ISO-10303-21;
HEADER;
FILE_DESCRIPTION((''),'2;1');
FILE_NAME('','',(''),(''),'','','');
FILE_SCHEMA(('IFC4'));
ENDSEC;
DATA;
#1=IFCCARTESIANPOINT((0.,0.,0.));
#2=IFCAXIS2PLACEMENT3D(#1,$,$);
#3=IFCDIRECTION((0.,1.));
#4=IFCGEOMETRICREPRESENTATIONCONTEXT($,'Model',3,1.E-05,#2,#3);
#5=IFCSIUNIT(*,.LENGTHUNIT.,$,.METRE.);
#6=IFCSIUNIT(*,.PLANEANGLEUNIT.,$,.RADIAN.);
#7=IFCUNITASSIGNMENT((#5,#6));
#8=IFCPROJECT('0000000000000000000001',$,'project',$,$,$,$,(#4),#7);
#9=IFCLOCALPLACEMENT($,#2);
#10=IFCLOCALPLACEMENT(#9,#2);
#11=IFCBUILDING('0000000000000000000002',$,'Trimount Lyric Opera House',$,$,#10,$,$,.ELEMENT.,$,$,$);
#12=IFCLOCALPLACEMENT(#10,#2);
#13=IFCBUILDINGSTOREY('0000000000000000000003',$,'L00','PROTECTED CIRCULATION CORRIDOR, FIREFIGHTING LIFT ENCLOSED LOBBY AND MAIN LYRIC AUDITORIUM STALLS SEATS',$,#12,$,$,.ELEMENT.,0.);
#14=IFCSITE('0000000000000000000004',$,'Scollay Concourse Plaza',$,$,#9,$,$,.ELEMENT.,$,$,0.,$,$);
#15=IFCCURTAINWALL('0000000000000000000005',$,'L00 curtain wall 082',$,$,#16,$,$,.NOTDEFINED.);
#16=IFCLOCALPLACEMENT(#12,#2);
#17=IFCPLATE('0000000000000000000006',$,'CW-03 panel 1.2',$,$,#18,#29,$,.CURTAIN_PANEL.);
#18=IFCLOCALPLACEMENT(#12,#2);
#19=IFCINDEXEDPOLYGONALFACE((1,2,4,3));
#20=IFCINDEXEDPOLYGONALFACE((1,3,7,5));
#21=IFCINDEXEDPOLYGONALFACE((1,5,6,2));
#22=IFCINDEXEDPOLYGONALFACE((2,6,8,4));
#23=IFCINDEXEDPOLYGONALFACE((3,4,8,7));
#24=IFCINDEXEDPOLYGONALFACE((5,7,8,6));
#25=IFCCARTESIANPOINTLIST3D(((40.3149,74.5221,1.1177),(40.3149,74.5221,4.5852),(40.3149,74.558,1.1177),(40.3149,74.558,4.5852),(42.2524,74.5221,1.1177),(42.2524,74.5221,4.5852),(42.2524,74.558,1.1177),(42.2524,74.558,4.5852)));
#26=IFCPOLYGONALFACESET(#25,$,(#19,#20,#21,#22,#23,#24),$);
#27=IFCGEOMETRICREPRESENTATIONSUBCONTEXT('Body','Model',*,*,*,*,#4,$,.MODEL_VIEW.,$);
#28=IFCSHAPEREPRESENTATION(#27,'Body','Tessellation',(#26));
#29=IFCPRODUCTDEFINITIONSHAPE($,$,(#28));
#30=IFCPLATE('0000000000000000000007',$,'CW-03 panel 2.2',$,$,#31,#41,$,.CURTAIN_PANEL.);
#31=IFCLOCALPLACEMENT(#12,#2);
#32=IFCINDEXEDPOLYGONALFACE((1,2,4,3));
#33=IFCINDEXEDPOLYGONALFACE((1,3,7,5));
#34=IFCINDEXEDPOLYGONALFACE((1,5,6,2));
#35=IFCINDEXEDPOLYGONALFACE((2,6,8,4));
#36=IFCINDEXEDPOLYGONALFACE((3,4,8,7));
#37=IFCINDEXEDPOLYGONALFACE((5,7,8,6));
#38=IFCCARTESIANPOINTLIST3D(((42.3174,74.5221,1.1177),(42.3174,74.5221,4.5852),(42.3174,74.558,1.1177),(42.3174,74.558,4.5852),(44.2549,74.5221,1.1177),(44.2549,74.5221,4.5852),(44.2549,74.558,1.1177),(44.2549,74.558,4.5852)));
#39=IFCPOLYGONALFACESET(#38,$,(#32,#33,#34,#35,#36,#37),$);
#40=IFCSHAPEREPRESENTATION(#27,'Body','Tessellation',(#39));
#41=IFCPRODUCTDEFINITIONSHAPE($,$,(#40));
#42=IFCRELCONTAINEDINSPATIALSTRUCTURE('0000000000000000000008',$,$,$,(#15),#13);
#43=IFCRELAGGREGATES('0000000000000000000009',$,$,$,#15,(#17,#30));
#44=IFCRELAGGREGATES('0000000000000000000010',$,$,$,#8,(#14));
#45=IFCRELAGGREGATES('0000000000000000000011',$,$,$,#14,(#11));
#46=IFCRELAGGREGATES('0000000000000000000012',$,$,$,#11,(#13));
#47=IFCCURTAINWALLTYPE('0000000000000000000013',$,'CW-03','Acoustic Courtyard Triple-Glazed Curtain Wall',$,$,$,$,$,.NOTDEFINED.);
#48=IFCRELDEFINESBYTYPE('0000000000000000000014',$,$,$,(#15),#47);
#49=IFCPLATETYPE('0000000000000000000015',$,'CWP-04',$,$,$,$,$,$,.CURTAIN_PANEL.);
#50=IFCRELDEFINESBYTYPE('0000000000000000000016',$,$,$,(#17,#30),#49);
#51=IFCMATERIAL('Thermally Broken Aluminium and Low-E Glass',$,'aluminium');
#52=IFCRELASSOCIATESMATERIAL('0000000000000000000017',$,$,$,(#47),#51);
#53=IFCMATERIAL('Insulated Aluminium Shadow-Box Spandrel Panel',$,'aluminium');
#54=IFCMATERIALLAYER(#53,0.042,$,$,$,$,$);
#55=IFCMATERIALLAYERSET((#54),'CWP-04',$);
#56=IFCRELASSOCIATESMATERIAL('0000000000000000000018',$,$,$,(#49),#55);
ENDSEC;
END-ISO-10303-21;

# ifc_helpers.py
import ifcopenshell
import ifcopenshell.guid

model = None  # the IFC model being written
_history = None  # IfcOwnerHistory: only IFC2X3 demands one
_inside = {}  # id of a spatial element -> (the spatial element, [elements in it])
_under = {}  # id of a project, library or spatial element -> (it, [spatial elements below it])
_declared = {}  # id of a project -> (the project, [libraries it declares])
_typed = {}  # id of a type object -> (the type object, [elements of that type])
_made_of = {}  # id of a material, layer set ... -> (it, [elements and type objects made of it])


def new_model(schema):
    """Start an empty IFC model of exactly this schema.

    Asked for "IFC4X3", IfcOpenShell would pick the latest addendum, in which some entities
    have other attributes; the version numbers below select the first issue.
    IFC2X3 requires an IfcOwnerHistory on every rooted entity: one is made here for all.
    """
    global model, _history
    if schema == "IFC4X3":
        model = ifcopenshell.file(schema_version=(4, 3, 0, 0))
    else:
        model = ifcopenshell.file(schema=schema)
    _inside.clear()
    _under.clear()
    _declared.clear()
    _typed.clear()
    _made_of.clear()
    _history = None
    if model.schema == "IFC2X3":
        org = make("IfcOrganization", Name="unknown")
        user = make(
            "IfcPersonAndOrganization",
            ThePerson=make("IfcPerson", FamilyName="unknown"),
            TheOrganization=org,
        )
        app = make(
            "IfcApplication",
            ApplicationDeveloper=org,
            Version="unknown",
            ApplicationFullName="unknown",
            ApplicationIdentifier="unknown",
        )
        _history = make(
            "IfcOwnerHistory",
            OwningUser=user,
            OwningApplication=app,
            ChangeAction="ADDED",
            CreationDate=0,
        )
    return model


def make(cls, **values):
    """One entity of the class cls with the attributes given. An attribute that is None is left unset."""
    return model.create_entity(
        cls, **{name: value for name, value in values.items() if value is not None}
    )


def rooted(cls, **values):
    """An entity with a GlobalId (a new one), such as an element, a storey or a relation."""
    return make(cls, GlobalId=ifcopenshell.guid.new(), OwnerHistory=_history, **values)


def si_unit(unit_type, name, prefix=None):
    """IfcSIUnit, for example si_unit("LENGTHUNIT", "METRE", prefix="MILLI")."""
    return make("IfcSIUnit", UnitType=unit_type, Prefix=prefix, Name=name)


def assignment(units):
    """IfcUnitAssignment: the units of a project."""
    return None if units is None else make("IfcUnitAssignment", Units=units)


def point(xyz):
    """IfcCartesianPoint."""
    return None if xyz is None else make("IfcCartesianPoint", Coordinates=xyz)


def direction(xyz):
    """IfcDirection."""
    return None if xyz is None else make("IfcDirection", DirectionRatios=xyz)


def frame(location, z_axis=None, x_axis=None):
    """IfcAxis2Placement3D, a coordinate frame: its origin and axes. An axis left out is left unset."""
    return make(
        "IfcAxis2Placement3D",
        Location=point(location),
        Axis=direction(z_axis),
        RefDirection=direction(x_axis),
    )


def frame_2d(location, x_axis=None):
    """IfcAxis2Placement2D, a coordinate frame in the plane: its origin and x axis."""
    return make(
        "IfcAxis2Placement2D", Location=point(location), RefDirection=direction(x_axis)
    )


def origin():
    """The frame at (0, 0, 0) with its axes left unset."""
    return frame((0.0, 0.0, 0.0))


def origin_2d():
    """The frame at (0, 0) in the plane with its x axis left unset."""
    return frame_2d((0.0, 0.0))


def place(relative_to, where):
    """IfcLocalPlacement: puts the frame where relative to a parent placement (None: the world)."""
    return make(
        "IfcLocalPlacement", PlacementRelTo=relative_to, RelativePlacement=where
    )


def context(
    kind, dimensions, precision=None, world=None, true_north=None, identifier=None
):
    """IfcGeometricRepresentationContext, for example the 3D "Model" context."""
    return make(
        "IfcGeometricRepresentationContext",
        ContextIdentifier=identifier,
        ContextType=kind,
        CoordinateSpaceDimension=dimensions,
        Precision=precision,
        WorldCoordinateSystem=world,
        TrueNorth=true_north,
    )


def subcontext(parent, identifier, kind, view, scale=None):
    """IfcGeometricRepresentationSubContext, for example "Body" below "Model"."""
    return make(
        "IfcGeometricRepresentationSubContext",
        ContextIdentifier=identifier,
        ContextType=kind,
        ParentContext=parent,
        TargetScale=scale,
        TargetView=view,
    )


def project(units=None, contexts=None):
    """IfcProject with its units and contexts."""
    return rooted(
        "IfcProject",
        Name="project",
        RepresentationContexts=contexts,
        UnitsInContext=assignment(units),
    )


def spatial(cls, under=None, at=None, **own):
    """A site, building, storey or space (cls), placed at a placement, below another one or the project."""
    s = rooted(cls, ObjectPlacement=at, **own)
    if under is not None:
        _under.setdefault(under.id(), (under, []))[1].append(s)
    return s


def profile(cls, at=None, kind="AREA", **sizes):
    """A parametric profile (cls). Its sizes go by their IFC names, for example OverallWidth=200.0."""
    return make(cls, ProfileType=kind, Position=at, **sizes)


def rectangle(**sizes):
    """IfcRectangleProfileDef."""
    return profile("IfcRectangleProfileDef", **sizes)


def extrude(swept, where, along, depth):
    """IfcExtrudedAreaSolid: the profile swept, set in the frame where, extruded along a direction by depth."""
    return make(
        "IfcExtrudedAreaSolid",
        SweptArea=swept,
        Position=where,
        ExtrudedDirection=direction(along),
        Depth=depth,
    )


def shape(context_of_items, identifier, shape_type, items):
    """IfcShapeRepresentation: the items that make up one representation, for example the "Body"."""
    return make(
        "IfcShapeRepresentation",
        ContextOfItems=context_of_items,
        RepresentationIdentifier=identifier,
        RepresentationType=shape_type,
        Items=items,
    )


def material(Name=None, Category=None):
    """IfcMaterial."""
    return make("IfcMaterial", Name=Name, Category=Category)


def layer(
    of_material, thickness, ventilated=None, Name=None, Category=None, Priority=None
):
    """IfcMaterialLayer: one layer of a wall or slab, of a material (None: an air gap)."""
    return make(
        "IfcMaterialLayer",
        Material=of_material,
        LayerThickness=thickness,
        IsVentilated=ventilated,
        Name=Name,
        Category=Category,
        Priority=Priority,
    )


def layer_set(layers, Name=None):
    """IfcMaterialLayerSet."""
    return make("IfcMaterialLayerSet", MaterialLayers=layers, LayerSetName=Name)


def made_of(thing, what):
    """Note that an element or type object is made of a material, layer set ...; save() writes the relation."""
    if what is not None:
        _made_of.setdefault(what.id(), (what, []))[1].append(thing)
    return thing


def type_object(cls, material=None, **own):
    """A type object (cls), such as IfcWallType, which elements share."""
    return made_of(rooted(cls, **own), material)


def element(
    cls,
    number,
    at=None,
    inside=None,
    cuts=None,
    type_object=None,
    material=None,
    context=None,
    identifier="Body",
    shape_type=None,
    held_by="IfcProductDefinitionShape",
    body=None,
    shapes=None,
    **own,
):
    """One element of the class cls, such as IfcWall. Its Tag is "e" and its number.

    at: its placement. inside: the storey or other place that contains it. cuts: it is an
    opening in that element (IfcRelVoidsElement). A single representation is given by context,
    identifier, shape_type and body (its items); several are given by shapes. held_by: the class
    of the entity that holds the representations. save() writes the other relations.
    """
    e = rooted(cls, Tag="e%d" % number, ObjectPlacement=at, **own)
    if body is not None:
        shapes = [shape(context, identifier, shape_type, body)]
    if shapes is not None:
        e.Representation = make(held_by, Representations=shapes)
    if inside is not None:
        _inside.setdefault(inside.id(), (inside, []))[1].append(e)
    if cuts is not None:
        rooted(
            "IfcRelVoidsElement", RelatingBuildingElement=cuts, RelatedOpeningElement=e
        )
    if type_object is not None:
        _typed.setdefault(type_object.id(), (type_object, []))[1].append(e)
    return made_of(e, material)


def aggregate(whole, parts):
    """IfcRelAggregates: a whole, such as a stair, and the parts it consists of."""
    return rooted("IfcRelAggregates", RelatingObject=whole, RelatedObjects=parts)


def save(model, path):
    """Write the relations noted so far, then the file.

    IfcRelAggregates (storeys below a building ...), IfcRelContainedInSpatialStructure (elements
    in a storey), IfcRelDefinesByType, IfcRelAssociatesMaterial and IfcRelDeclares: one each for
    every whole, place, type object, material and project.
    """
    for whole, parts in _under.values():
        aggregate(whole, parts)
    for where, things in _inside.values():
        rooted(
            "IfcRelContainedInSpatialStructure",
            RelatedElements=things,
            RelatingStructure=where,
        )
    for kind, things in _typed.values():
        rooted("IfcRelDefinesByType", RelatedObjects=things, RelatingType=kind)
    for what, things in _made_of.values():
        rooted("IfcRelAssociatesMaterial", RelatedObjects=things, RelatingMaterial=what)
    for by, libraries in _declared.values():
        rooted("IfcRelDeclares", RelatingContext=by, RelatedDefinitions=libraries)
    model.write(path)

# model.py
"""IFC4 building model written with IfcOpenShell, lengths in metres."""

from ifc_helpers import new_model, si_unit, direction, frame, origin, origin_2d, place, context, subcontext, project, spatial, rectangle, extrude, material, layer, layer_set, type_object, element, aggregate, save


model = new_model("IFC4")

# Units and contexts
model_context = context("Model", 3, precision=1e-05, world=origin(), true_north=direction((0.0, 1.0)))
body_context = subcontext(model_context, "Body", "Model", "MODEL_VIEW")
ifc_project = project(units=[si_unit("LENGTHUNIT", "METRE"), si_unit("PLANEANGLEUNIT", "RADIAN")], contexts=[model_context])

# Site, building, storey
site_placement = place(None, origin())
site = spatial("IfcSite", under=ifc_project, at=site_placement, Name="Scollay Concourse Plaza", CompositionType="ELEMENT", RefElevation=0.0)
building_placement = place(site_placement, origin())
building = spatial("IfcBuilding", under=site, at=building_placement, Name="Trimount Lyric Opera House", CompositionType="ELEMENT")
storey_placement = place(building_placement, origin())
storey = spatial("IfcBuildingStorey", under=building, at=storey_placement, Name="L00", Description="PROTECTED CIRCULATION CORRIDOR, FIREFIGHTING LIFT ENCLOSED LOBBY AND MAIN LYRIC AUDITORIUM STALLS SEATS", CompositionType="ELEMENT", Elevation=0.0)

# Curtain wall
ifc_material_1 = material(Name="Thermally Broken Aluminium and Low-E Glass", Category="aluminium")
curtain_wall_type = type_object("IfcCurtainWallType", Name="CW-03", Description="Acoustic Courtyard Triple-Glazed Curtain Wall", PredefinedType="NOTDEFINED", material=ifc_material_1)
curtain_wall_1_placement = place(storey_placement, origin())
curtain_wall_1 = element("IfcCurtainWall", 1, at=curtain_wall_1_placement, inside=storey, type_object=curtain_wall_type, Name="L00 curtain wall 082", PredefinedType="NOTDEFINED")

# Plates
ifc_material_2 = material(Name="Insulated Aluminium Shadow-Box Spandrel Panel", Category="aluminium")
ifc_layer_1 = layer(ifc_material_2, 0.042)
ifc_layer_set_1 = layer_set([ifc_layer_1], Name="CWP-04")
plate_type_1 = type_object("IfcPlateType", Name="CWP-04", PredefinedType="CURTAIN_PANEL", material=ifc_layer_set_1)
plate_1_placement = place(storey_placement, frame((41.2837, 74.54, 1.1177), z_axis=(0.0, 0.0, 1.0), x_axis=(1.0, 0.0, 0.0)))
plate_1 = element("IfcPlate", 2, at=plate_1_placement, type_object=plate_type_1, Name="CW-03 panel 1.2", PredefinedType="CURTAIN_PANEL", context=body_context, shape_type="SweptSolid", body=[
    extrude(rectangle(XDim=1.9375, YDim=0.0359, at=origin_2d()), origin(), (0.0, 0.0, 1.0), 3.4675),
])
plate_2_placement = place(storey_placement, frame((43.2861, 74.54, 1.1177), z_axis=(0.0, 0.0, 1.0), x_axis=(1.0, 0.0, 0.0)))
plate_2 = element("IfcPlate", 3, at=plate_2_placement, type_object=plate_type_1, Name="CW-03 panel 2.2", PredefinedType="CURTAIN_PANEL", context=body_context, shape_type="SweptSolid", body=[
    extrude(rectangle(XDim=1.9375, YDim=0.0359, at=origin_2d()), origin(), (0.0, 0.0, 1.0), 3.4675),
])
aggregate(curtain_wall_1, [plate_1, plate_2])

save(model, "model.ifc")
